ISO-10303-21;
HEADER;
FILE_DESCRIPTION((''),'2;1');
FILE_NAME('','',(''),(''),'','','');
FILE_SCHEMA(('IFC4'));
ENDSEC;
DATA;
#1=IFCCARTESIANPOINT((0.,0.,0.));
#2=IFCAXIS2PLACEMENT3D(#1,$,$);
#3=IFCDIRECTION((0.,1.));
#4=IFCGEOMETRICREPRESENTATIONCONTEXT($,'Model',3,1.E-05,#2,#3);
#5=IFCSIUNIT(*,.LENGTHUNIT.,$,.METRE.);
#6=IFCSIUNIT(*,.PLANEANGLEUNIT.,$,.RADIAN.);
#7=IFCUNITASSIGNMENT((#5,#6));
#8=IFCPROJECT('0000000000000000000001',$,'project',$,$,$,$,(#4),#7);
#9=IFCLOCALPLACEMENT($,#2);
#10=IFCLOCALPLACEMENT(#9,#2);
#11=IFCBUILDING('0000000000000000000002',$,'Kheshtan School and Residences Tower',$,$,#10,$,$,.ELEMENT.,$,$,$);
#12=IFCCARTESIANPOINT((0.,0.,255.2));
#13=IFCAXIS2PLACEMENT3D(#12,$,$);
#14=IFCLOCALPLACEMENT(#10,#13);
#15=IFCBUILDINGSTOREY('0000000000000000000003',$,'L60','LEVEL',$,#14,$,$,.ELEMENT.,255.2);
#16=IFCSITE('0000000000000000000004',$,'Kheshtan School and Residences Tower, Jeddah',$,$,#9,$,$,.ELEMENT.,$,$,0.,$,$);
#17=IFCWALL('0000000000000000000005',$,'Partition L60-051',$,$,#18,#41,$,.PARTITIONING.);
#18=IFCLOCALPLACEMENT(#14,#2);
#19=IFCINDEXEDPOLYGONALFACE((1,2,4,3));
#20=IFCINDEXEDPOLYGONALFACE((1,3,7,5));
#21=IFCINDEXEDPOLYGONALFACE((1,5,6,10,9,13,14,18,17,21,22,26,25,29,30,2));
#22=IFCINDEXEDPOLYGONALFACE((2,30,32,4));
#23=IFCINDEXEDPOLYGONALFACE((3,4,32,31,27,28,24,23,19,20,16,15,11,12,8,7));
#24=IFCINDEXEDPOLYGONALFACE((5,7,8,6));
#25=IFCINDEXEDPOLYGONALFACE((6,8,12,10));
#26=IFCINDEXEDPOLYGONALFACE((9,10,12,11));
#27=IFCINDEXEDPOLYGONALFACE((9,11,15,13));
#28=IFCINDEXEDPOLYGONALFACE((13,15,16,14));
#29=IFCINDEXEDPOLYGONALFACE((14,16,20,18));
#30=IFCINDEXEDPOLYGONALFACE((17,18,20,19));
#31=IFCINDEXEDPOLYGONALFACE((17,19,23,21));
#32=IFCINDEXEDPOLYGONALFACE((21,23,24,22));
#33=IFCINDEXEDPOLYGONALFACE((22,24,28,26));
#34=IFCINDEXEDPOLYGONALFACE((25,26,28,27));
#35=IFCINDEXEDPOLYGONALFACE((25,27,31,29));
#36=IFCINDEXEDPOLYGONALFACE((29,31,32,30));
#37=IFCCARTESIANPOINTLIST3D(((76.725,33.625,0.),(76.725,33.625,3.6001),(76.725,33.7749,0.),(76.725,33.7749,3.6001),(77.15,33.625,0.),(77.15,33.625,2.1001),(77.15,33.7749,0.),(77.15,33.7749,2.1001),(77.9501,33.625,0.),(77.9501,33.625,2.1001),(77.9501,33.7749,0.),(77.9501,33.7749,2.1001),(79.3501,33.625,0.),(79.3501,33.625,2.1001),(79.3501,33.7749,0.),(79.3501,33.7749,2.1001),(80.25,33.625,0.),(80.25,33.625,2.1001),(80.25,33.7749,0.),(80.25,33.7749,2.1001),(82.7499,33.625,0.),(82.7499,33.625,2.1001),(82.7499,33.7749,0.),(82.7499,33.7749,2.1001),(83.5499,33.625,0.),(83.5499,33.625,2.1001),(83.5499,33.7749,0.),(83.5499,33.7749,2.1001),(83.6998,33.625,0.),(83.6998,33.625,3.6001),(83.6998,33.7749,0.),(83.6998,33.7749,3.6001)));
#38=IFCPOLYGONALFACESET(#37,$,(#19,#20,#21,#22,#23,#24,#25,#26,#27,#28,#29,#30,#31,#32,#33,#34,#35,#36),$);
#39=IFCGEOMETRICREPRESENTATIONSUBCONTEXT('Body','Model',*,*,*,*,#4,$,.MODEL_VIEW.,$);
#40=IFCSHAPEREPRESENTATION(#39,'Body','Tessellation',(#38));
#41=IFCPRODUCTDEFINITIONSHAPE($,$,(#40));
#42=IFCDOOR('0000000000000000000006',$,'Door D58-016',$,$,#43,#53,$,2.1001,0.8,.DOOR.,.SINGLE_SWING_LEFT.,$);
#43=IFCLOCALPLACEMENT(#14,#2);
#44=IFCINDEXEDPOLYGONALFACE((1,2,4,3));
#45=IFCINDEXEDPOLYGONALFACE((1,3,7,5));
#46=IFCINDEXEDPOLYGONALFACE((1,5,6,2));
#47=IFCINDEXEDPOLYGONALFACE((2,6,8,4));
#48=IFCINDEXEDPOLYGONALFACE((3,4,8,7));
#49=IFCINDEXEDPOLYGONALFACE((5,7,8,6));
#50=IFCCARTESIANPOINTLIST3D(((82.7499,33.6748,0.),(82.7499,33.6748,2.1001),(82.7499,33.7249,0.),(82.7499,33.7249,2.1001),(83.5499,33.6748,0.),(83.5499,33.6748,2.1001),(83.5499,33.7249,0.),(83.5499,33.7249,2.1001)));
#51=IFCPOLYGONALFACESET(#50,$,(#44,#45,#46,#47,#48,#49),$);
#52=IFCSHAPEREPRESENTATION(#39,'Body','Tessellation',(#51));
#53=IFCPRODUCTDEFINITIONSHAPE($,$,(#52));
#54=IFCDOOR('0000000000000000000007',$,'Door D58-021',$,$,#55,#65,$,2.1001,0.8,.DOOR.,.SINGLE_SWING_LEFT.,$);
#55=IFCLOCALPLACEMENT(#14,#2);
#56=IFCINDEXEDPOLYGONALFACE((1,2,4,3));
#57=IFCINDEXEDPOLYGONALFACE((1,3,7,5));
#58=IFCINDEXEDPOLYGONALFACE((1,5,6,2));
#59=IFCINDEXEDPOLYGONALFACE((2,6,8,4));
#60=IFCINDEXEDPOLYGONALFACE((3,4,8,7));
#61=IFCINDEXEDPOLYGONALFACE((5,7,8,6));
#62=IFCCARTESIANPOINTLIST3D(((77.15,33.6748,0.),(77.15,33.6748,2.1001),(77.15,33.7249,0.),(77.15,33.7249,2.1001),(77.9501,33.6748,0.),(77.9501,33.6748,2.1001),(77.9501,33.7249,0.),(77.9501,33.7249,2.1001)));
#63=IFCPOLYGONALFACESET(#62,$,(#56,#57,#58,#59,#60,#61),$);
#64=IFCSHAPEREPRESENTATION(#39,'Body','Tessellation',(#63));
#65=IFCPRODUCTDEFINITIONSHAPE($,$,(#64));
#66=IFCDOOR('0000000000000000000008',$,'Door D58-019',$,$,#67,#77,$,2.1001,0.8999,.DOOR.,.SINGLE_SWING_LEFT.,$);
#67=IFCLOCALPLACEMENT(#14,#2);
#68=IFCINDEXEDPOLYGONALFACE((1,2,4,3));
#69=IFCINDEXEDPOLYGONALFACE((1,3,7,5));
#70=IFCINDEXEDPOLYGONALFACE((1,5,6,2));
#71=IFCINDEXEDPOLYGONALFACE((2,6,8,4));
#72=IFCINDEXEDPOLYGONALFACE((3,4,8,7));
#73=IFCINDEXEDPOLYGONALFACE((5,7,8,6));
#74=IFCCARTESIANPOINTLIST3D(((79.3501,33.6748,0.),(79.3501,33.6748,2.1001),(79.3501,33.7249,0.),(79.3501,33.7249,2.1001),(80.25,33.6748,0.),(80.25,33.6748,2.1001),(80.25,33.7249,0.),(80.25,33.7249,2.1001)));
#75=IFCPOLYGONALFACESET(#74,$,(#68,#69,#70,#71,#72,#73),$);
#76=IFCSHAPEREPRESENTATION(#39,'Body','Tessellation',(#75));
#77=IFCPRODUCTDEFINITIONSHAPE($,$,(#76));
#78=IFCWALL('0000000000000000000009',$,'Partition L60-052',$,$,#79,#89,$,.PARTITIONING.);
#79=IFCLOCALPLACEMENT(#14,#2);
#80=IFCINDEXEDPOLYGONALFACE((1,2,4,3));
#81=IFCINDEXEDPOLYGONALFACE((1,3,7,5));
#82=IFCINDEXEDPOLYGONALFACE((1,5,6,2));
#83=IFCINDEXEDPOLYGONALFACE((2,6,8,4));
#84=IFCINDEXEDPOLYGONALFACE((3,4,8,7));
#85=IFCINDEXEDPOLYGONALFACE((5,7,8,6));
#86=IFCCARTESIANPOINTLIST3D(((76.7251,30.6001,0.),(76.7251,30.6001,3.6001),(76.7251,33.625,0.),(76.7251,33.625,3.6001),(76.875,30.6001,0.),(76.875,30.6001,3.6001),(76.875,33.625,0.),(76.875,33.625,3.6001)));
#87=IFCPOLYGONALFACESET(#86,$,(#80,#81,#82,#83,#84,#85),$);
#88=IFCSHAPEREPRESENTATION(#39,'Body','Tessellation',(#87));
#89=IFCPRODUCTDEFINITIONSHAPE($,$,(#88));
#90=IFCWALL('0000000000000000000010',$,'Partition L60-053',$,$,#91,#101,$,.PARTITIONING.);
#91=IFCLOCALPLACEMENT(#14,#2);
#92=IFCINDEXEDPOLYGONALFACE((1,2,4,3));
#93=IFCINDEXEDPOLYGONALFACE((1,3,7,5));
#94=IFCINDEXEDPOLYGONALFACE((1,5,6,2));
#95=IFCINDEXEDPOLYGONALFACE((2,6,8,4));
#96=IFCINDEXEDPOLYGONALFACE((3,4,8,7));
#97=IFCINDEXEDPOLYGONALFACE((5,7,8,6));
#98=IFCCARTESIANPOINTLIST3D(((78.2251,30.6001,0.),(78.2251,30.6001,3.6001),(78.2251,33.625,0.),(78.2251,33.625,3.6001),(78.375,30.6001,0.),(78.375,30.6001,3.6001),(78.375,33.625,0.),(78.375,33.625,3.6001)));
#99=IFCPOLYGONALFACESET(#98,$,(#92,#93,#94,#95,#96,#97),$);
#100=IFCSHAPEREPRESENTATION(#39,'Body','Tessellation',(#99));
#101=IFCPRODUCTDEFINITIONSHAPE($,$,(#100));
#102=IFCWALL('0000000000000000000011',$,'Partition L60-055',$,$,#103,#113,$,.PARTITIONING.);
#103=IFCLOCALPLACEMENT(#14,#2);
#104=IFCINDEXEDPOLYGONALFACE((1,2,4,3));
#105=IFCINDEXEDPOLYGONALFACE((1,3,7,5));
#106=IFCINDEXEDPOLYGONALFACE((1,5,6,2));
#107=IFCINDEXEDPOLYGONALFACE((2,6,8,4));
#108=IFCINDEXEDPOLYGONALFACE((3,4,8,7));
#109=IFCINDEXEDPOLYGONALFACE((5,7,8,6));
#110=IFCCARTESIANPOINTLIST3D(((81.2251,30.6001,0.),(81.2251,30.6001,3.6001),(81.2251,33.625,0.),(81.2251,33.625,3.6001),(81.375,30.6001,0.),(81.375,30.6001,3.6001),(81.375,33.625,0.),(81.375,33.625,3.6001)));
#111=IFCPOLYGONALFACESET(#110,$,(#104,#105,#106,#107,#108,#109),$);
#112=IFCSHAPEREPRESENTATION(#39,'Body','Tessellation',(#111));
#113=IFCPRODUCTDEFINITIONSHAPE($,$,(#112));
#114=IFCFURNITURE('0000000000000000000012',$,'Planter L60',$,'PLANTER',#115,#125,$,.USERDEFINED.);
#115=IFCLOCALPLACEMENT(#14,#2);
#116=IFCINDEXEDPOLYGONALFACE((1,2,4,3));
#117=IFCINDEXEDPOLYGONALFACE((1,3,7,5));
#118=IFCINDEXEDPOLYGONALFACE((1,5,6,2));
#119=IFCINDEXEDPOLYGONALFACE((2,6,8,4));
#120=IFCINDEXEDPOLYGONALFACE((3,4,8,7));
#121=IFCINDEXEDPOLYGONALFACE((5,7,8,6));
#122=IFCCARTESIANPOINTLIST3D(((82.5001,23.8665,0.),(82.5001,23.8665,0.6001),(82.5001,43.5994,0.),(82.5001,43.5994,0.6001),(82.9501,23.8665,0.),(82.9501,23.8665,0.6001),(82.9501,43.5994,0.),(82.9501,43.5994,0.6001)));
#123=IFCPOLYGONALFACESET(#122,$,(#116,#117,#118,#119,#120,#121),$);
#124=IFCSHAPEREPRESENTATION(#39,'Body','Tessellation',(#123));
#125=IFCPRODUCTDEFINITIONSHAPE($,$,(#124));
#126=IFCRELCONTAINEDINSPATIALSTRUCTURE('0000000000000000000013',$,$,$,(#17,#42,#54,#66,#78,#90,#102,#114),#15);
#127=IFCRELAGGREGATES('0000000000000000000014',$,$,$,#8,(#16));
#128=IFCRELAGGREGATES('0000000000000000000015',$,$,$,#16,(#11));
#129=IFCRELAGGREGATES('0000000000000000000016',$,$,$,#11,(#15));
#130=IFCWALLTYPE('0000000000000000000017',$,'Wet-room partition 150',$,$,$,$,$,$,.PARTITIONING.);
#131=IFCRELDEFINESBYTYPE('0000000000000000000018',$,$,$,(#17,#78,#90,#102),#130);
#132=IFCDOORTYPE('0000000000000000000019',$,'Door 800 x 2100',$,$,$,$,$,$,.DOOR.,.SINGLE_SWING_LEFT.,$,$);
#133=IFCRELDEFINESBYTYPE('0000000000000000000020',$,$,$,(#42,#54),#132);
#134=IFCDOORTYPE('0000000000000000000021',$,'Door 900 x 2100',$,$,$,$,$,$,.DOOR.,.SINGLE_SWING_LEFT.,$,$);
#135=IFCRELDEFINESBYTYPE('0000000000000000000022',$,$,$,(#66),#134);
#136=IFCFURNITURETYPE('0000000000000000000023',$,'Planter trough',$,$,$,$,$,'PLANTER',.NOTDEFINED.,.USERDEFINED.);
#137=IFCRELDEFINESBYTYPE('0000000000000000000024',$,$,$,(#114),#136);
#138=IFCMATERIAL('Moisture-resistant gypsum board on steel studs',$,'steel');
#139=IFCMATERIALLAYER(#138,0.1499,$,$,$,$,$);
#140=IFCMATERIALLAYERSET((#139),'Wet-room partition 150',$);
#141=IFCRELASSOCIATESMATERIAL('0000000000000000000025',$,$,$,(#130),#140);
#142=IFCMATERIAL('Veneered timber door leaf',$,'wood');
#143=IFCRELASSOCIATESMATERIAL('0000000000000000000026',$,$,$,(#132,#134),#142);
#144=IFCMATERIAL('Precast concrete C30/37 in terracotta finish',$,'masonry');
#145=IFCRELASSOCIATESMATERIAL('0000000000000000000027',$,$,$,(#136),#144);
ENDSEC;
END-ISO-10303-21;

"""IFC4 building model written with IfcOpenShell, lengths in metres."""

from ifc_helpers import new_model, si_unit, direction, frame, frame_2d, origin, origin_2d, place, context, subcontext, project, spatial, rectangle, extrude, source, transform, mapped, material, layer, layer_set, type_object, element, fill, save


model = new_model("IFC4")

# Units and contexts
model_context = context("Model", 3, precision=1e-05, world=origin(), true_north=direction((0.0, 1.0)))
body_context = subcontext(model_context, "Body", "Model", "MODEL_VIEW")
ifc_project = project(units=[si_unit("LENGTHUNIT", "METRE"), si_unit("PLANEANGLEUNIT", "RADIAN")], contexts=[model_context])

# Site, building, storey
site_placement = place(None, origin())
site = spatial("IfcSite", under=ifc_project, at=site_placement, Name="Kheshtan School and Residences Tower, Jeddah", CompositionType="ELEMENT", RefElevation=0.0)
building_placement = place(site_placement, origin())
building = spatial("IfcBuilding", under=site, at=building_placement, Name="Kheshtan School and Residences Tower", CompositionType="ELEMENT")
storey_placement = place(building_placement, frame((0.0, 0.0, 255.2)))
storey = spatial("IfcBuildingStorey", under=building, at=storey_placement, Name="L60", Description="LEVEL", CompositionType="ELEMENT", Elevation=255.2)

# Wall, openings, doors
ifc_material_1 = material(Name="Moisture-resistant gypsum board on steel studs", Category="steel")
ifc_layer_1 = layer(ifc_material_1, 0.1499)
ifc_layer_set_1 = layer_set([ifc_layer_1], Name="Wet-room partition 150")
wall_type_1 = type_object("IfcWallType", Name="Wet-room partition 150", PredefinedType="PARTITIONING", material=ifc_layer_set_1)
wall_1_placement = place(storey_placement, frame((76.7251, 33.7, 0.0), z_axis=(0.0, 0.0, 1.0), x_axis=(1.0, 0.0, 0.0)))
wall_1 = element("IfcWall", 1, at=wall_1_placement, inside=storey, type_object=wall_type_1, Name="Partition L60-051", PredefinedType="PARTITIONING", context=body_context, shape_type="SweptSolid", body=[
    extrude(rectangle(XDim=6.9749, YDim=0.1499, at=frame_2d((3.4873, 0.0))), origin(), (0.0, 0.0, 1.0), 3.6001),
])
opening_1_placement = place(wall_1_placement, frame((6.0249, 0.0, 0.0)))
opening_1 = element("IfcOpeningElement", 2, at=opening_1_placement, cuts=wall_1, PredefinedType="OPENING", context=body_context, shape_type="SweptSolid", body=[
    extrude(rectangle(XDim=0.8, YDim=2.1001, at=frame_2d((0.3999, 1.05))), frame((0.0, 0.085, 0.0), z_axis=(0.0, -1.0, 0.0), x_axis=(1.0, 0.0, 0.0)), (0.0, 0.0, 1.0), 0.1699),
])
opening_2_placement = place(wall_1_placement, frame((2.625, 0.0, 0.0)))
opening_2 = element("IfcOpeningElement", 3, at=opening_2_placement, cuts=wall_1, PredefinedType="OPENING", context=body_context, shape_type="SweptSolid", body=[
    extrude(rectangle(XDim=0.8999, YDim=2.1001, at=frame_2d((0.45, 1.05))), frame((0.0, 0.085, 0.0), z_axis=(0.0, -1.0, 0.0), x_axis=(1.0, 0.0, 0.0)), (0.0, 0.0, 1.0), 0.1699),
])
opening_3_placement = place(wall_1_placement, frame((0.425, 0.0, 0.0)))
opening_3 = element("IfcOpeningElement", 4, at=opening_3_placement, cuts=wall_1, PredefinedType="OPENING", context=body_context, shape_type="SweptSolid", body=[
    extrude(rectangle(XDim=0.8, YDim=2.1001, at=frame_2d((0.3999, 1.05))), frame((0.0, 0.085, 0.0), z_axis=(0.0, -1.0, 0.0), x_axis=(1.0, 0.0, 0.0)), (0.0, 0.0, 1.0), 0.1699),
])
ifc_material_2 = material(Name="Veneered timber door leaf", Category="wood")
door_type_1 = type_object("IfcDoorType", Name="Door 800 x 2100", OperationType="SINGLE_SWING_LEFT", PredefinedType="DOOR", material=ifc_material_2)
shared_shape_1 = source(origin(), body_context, "Body", "SweptSolid", [
    extrude(rectangle(XDim=0.8, YDim=2.1001, at=frame_2d((0.3999, 1.05))), frame((0.0, 0.0249, 0.0), z_axis=(0.0, -1.0, 0.0), x_axis=(1.0, 0.0, 0.0)), (0.0, 0.0, 1.0), 0.05),
])
door_1_placement = place(opening_1_placement, origin())
door_1 = element("IfcDoor", 5, at=door_1_placement, inside=storey, type_object=door_type_1, Name="Door D58-016", OperationType="SINGLE_SWING_LEFT", OverallHeight=2.1001, OverallWidth=0.8, PredefinedType="DOOR", context=body_context, shape_type="MappedRepresentation", body=[
    mapped(shared_shape_1, transform((0.0, 0.0, 0.0), x_axis=(1.0, 0.0, 0.0), y_axis=(0.0, 1.0, 0.0), z_axis=(0.0, 0.0, 1.0), scale=1.0)),
])
fill(opening_1, door_1)
door_2_placement = place(opening_3_placement, origin())
door_2 = element("IfcDoor", 6, at=door_2_placement, inside=storey, type_object=door_type_1, Name="Door D58-021", OperationType="SINGLE_SWING_LEFT", OverallHeight=2.1001, OverallWidth=0.8, PredefinedType="DOOR", context=body_context, shape_type="MappedRepresentation", body=[
    mapped(shared_shape_1, transform((0.0, 0.0, 0.0), x_axis=(1.0, 0.0, 0.0), y_axis=(0.0, 1.0, 0.0), z_axis=(0.0, 0.0, 1.0), scale=1.0)),
])
fill(opening_3, door_2)
door_type_2 = type_object("IfcDoorType", Name="Door 900 x 2100", OperationType="SINGLE_SWING_LEFT", PredefinedType="DOOR", material=ifc_material_2)
shared_shape_2 = source(origin(), body_context, "Body", "SweptSolid", [
    extrude(rectangle(XDim=0.8999, YDim=2.1001, at=frame_2d((0.45, 1.05))), frame((0.0, 0.0249, 0.0), z_axis=(0.0, -1.0, 0.0), x_axis=(1.0, 0.0, 0.0)), (0.0, 0.0, 1.0), 0.05),
])
door_3_placement = place(opening_2_placement, origin())
door_3 = element("IfcDoor", 7, at=door_3_placement, inside=storey, type_object=door_type_2, Name="Door D58-019", OperationType="SINGLE_SWING_LEFT", OverallHeight=2.1001, OverallWidth=0.8999, PredefinedType="DOOR", context=body_context, shape_type="MappedRepresentation", body=[
    mapped(shared_shape_2, transform((0.0, 0.0, 0.0), x_axis=(1.0, 0.0, 0.0), y_axis=(0.0, 1.0, 0.0), z_axis=(0.0, 0.0, 1.0), scale=1.0)),
])
fill(opening_2, door_3)

# Walls
for number, where, z_axis, x_axis, name in (
    (8, (76.8, 30.6001, 0.0), (0.0, 0.0, 1.0), (0.0, 1.0, 0.0), "Partition L60-052"),
    (9, (78.3, 30.6001, 0.0), (0.0, 0.0, 1.0), (0.0, 1.0, 0.0), "Partition L60-053"),
    (10, (81.3, 30.6001, 0.0), (0.0, 0.0, 1.0), (0.0, 1.0, 0.0), "Partition L60-055"),
):
    element("IfcWall", number, at=place(storey_placement, frame(where, z_axis=z_axis, x_axis=x_axis)), inside=storey, type_object=wall_type_1, Name=name, PredefinedType="PARTITIONING", context=body_context, shape_type="SweptSolid", body=[
        extrude(rectangle(XDim=3.0249, YDim=0.1499, at=frame_2d((1.5125, 0.0))), origin(), (0.0, 0.0, 1.0), 3.6001),
    ])

# Furniture
ifc_material_3 = material(Name="Precast concrete C30/37 in terracotta finish", Category="masonry")
furniture_type = type_object("IfcFurnitureType", Name="Planter trough", ElementType="PLANTER", AssemblyPlace="NOTDEFINED", PredefinedType="USERDEFINED", material=ifc_material_3)
furniture_placement = place(storey_placement, frame((82.7251, 33.7329, 0.0), z_axis=(0.0, 0.0, 1.0), x_axis=(0.0, -1.0, 0.0)))
element("IfcFurniture", 11, at=furniture_placement, inside=storey, type_object=furniture_type, Name="Planter L60", ObjectType="PLANTER", PredefinedType="USERDEFINED", context=body_context, shape_type="SweptSolid", body=[
    extrude(rectangle(XDim=19.7329, YDim=0.45, at=origin_2d()), origin(), (0.0, 0.0, 1.0), 0.6001),
])

save(model, "model.ifc")
